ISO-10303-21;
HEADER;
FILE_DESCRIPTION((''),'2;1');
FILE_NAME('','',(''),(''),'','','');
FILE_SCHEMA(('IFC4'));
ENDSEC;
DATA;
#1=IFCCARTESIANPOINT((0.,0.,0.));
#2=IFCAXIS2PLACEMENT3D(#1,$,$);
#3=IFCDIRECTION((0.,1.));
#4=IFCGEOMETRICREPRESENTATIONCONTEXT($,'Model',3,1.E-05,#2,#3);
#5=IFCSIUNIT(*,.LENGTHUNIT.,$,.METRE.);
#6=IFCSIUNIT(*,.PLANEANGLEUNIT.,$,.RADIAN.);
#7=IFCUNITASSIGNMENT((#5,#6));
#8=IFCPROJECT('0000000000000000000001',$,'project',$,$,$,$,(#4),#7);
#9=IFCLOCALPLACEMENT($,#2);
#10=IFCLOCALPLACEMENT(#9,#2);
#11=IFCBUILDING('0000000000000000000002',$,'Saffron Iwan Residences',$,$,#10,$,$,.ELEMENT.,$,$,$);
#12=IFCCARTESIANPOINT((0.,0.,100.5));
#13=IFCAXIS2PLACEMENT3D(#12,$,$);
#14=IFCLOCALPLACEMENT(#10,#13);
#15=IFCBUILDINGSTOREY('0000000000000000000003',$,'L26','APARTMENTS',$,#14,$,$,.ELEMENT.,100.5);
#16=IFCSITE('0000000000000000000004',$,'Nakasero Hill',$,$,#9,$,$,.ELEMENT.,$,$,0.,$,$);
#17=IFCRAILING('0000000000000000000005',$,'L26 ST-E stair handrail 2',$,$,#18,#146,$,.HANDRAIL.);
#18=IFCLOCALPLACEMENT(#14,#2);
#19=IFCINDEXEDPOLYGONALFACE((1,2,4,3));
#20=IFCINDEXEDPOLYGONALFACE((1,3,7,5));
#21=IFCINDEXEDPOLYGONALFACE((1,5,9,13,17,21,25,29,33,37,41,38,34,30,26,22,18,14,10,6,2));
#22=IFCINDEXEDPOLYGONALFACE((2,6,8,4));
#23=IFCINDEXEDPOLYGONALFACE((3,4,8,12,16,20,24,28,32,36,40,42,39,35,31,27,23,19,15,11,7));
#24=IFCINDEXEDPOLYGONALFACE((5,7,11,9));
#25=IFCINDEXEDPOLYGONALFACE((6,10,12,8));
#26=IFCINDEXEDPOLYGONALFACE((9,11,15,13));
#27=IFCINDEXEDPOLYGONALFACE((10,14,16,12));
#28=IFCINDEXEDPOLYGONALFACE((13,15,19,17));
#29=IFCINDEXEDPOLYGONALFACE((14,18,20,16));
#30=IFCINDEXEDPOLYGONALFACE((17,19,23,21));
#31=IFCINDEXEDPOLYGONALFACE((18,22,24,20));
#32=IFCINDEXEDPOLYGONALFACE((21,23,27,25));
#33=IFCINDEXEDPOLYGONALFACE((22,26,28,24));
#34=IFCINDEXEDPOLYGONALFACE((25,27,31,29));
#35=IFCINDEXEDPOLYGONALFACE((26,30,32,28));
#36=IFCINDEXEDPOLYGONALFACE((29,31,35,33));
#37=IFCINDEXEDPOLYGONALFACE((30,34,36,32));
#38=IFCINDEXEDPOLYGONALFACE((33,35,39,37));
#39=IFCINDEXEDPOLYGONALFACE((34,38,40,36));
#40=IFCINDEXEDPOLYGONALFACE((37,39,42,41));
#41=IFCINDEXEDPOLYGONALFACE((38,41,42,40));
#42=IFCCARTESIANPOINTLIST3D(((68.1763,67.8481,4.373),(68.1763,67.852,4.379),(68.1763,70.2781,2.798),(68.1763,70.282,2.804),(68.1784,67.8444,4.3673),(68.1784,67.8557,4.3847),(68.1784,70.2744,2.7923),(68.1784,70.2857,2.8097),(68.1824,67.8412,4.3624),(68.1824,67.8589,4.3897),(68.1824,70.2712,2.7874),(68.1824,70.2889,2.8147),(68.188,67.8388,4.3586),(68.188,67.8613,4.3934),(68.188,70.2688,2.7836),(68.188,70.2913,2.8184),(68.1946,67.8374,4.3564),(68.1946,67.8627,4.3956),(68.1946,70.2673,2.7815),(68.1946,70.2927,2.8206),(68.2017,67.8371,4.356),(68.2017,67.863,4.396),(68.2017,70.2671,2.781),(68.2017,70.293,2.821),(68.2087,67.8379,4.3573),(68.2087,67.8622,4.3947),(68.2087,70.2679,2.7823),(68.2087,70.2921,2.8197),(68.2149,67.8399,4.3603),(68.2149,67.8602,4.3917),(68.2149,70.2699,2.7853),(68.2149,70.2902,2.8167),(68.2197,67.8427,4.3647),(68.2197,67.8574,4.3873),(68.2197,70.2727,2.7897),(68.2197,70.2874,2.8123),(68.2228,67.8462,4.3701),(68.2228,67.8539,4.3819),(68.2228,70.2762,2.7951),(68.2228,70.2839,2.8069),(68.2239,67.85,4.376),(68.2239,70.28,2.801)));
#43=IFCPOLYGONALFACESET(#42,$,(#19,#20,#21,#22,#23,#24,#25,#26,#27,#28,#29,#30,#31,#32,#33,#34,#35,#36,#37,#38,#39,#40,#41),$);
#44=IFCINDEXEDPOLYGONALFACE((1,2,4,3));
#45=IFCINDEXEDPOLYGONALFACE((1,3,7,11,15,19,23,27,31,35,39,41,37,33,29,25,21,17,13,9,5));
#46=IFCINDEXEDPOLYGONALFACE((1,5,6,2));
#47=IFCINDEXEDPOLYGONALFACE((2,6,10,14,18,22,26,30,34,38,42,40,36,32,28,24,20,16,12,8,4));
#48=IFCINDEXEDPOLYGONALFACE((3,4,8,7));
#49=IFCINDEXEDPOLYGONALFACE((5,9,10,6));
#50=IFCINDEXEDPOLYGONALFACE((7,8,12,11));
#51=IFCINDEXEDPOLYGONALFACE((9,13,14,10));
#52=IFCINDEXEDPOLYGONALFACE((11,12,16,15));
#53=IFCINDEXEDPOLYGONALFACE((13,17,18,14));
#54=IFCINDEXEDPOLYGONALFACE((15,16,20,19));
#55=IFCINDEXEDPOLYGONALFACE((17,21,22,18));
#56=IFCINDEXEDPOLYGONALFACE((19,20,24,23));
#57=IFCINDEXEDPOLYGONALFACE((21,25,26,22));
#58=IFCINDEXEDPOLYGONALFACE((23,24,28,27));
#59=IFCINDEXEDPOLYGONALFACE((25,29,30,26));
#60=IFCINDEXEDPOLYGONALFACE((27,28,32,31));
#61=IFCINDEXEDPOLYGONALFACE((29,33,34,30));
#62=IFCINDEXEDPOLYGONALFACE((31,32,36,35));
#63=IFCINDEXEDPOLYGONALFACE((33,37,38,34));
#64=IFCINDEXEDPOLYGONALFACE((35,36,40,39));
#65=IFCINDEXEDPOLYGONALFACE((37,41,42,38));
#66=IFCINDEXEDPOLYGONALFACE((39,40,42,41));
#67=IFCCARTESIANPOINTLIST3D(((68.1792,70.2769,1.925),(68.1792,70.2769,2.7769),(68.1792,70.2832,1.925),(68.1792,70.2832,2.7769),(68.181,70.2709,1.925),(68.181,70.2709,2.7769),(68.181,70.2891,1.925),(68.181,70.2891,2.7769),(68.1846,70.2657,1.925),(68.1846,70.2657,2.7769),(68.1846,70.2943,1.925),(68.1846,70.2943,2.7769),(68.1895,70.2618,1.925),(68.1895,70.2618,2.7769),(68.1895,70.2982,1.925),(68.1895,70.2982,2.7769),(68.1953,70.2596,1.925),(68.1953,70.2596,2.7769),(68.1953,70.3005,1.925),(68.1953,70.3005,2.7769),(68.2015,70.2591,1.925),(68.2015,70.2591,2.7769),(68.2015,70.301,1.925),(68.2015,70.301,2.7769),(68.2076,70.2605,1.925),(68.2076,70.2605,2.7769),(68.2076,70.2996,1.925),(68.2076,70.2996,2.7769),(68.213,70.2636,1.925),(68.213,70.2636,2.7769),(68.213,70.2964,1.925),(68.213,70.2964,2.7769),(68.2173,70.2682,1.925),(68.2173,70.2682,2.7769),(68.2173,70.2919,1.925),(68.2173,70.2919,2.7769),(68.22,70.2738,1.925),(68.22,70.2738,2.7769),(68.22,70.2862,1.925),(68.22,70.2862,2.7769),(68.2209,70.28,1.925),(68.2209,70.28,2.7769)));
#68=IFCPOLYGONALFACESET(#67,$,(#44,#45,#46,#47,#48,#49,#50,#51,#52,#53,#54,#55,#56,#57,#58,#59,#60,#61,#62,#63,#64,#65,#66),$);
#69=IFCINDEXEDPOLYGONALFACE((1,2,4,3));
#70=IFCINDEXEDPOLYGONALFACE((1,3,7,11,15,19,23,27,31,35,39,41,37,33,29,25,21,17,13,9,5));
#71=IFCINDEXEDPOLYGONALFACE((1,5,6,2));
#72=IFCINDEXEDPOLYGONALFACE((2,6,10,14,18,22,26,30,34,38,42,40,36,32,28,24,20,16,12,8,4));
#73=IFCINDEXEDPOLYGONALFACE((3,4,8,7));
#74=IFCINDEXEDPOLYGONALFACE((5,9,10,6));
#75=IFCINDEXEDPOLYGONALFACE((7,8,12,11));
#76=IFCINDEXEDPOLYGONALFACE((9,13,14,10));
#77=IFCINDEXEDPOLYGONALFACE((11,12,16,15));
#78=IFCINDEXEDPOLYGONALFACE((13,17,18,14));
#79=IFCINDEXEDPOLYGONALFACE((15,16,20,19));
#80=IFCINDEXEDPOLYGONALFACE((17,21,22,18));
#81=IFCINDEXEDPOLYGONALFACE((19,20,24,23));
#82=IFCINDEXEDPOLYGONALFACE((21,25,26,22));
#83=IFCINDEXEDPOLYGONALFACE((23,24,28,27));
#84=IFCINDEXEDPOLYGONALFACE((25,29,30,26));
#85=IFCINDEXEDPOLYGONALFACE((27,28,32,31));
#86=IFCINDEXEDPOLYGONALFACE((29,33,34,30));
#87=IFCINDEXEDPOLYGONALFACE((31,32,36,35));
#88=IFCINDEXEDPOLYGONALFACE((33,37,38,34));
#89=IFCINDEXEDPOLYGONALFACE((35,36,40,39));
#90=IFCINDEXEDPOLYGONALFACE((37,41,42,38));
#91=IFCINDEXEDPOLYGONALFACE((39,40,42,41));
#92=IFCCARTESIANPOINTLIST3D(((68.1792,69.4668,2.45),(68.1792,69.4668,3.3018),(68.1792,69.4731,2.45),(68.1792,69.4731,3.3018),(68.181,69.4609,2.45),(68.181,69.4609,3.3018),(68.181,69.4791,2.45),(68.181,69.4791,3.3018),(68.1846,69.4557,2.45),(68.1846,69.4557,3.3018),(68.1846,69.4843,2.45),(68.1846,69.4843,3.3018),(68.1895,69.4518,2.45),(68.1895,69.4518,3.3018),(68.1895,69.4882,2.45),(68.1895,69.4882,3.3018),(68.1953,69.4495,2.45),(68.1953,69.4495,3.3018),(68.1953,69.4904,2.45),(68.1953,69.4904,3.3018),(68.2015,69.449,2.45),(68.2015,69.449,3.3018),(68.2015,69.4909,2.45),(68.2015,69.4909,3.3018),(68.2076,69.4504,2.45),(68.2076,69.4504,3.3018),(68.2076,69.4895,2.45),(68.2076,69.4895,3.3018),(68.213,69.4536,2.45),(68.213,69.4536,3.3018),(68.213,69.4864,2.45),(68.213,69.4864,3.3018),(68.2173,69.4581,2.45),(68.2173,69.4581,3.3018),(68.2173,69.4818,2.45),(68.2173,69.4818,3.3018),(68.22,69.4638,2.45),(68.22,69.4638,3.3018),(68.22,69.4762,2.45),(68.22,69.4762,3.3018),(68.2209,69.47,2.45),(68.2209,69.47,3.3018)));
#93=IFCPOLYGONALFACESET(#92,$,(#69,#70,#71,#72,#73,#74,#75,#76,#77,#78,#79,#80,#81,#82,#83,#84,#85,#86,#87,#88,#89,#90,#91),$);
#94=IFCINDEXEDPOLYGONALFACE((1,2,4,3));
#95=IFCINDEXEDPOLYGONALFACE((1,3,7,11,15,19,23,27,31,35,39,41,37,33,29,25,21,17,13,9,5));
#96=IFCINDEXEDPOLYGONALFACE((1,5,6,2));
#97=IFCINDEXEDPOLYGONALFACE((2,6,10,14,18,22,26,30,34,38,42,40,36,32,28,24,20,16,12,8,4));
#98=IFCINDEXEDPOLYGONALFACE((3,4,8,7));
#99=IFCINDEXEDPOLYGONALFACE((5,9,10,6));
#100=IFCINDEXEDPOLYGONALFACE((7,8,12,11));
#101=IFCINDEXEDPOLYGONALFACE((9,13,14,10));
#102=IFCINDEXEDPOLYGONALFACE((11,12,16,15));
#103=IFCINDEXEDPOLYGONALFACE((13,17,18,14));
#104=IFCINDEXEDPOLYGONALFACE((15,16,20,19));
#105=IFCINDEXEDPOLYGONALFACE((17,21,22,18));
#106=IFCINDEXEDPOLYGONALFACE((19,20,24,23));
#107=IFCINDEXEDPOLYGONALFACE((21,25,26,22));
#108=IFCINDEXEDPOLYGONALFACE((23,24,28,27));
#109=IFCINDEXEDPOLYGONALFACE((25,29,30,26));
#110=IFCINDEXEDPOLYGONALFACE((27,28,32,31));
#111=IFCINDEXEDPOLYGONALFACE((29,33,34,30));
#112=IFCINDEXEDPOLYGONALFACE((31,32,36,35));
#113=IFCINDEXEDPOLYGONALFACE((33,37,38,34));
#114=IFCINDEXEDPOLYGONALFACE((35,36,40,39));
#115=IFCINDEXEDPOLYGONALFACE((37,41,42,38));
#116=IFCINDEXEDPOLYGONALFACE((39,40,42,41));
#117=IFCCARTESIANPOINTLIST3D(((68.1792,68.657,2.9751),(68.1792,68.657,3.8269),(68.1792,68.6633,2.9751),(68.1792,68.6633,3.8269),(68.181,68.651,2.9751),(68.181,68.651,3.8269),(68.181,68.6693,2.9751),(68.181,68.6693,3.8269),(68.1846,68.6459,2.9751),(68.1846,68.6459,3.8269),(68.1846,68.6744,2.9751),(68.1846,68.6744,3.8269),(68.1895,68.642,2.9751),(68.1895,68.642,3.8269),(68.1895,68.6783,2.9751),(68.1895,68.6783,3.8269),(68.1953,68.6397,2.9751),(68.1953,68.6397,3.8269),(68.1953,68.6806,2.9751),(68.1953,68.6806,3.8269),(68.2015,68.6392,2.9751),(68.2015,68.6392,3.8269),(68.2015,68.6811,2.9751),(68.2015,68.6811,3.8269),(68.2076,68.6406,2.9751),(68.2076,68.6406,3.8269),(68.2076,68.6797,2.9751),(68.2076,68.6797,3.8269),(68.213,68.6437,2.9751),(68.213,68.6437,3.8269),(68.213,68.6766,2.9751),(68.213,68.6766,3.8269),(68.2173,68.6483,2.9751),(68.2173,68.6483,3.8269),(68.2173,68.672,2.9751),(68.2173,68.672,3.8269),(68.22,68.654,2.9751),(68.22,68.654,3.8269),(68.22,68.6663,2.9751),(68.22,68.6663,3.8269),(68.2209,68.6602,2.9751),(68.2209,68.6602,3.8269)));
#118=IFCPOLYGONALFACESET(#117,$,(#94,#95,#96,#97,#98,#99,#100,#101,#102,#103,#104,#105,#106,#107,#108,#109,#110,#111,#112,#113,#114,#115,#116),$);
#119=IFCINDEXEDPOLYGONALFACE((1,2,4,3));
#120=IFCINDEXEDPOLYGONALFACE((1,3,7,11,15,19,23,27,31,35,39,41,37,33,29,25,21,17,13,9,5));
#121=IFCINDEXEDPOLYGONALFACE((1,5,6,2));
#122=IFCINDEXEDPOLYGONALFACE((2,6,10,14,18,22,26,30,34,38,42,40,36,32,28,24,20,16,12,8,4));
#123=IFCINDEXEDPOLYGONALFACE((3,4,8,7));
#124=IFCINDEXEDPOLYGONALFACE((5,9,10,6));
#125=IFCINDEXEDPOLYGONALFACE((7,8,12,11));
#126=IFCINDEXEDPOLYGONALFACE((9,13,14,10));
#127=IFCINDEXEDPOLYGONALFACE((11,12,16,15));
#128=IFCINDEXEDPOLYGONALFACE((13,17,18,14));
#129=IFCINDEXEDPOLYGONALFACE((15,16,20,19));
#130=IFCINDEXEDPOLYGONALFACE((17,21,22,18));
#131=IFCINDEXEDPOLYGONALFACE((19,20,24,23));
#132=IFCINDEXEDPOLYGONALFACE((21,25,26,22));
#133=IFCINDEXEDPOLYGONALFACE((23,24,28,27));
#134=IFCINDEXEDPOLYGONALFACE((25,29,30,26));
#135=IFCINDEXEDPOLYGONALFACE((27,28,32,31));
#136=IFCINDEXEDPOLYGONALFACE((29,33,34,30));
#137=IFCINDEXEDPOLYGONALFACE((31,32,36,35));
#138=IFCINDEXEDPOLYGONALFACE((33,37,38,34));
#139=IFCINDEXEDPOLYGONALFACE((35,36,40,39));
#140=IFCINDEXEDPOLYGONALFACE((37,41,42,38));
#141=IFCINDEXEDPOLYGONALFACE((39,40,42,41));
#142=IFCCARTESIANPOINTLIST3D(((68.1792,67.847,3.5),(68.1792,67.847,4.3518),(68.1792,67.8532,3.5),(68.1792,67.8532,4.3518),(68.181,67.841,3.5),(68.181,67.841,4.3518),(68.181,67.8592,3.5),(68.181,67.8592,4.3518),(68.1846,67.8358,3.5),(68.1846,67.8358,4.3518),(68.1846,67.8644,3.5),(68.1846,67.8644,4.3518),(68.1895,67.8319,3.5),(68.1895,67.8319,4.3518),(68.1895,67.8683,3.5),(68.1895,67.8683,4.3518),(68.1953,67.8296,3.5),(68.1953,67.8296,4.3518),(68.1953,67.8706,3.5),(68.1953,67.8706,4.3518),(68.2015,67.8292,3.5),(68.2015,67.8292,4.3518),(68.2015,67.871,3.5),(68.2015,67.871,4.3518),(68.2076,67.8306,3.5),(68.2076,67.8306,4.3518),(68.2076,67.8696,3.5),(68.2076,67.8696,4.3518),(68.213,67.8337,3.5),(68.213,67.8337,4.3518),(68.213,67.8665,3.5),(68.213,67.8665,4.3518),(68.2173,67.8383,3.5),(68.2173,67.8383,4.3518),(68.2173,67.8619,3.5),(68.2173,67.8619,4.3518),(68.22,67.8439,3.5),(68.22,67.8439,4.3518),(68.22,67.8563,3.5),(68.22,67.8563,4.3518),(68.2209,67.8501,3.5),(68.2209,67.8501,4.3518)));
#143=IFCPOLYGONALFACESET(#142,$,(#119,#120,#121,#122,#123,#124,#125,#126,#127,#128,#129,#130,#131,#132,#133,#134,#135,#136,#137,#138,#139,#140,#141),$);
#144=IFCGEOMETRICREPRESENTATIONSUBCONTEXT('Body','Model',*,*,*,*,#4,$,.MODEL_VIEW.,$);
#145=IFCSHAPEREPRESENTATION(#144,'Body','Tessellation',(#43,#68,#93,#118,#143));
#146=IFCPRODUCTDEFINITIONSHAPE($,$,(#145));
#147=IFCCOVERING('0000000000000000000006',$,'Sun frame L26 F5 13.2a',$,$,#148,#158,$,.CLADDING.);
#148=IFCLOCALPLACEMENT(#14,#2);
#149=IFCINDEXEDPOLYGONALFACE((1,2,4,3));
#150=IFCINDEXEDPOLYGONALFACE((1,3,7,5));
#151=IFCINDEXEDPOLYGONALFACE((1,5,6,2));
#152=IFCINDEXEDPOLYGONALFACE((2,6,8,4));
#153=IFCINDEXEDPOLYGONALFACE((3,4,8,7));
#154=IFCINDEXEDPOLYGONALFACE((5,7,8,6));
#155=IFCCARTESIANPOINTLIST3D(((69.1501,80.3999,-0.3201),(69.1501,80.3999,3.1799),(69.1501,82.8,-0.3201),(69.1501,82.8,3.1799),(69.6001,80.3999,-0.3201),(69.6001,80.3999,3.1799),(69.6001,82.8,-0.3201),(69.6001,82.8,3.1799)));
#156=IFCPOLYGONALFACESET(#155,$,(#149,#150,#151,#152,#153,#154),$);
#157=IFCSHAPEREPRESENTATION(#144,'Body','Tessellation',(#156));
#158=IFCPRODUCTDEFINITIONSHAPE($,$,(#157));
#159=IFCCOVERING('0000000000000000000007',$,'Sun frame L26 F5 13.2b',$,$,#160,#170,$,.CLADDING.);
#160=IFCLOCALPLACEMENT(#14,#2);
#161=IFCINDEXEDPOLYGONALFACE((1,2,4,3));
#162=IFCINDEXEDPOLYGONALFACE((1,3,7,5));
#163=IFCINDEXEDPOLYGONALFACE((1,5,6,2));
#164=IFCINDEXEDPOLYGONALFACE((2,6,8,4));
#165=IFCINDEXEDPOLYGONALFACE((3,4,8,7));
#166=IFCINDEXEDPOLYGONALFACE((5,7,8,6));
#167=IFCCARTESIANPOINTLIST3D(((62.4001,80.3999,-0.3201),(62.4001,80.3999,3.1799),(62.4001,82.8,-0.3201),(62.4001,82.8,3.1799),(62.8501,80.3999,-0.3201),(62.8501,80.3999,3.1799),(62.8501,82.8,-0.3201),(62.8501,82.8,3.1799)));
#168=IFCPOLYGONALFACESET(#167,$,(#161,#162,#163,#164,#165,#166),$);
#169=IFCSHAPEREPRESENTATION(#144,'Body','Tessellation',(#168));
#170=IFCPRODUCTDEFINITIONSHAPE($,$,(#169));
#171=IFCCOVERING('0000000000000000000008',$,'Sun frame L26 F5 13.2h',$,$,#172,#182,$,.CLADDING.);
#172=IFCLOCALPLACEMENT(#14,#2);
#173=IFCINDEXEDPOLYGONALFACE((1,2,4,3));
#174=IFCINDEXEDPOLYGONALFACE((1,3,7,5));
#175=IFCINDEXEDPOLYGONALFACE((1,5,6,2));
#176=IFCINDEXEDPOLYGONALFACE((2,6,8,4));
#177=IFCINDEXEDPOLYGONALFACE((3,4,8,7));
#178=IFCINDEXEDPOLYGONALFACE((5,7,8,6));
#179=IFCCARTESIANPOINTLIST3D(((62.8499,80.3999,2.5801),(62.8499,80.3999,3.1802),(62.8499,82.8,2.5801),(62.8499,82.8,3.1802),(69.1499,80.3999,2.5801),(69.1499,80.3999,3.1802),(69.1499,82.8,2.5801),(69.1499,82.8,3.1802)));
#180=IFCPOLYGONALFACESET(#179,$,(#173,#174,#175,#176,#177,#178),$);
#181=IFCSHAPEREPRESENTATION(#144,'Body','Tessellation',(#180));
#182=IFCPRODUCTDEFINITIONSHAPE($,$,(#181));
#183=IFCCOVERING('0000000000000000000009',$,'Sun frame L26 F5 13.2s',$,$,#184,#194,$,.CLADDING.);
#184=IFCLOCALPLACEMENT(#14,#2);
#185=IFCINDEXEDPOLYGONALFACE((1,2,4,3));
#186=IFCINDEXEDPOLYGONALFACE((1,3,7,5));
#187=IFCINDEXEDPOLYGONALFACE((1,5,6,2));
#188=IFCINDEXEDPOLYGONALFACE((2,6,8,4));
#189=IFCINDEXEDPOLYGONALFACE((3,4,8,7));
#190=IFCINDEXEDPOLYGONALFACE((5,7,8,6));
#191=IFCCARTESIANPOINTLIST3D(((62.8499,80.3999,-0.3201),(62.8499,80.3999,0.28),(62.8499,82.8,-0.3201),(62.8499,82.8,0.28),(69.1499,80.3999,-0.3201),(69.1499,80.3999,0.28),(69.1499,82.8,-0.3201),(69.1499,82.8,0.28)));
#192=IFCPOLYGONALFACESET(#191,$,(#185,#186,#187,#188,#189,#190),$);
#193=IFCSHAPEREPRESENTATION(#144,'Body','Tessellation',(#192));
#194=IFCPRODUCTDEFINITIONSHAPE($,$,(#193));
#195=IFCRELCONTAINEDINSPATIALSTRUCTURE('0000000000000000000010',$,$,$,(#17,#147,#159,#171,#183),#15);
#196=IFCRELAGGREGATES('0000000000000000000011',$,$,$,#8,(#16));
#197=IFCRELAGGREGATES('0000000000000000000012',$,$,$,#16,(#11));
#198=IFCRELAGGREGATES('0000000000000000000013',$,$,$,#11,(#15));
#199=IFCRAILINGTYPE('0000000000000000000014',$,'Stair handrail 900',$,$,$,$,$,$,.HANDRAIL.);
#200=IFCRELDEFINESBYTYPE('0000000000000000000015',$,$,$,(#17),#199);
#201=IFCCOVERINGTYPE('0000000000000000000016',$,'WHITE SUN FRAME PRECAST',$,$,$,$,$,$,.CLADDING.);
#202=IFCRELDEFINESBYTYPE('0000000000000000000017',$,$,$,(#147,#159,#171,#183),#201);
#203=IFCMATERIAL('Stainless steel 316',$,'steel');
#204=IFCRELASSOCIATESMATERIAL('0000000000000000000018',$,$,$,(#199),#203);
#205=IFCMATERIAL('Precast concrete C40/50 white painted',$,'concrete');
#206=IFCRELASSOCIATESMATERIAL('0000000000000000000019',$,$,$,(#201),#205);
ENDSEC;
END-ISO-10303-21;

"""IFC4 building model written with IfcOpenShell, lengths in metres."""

from ifc_helpers import new_model, si_unit, direction, frame, origin, origin_2d, place, context, subcontext, project, spatial, polyline, circle, outline, extrude, material, type_object, element, save


model = new_model("IFC4")

# Units and contexts
model_context = context("Model", 3, precision=1e-05, world=origin(), true_north=direction((0.0, 1.0)))
body_context = subcontext(model_context, "Body", "Model", "MODEL_VIEW")
ifc_project = project(units=[si_unit("LENGTHUNIT", "METRE"), si_unit("PLANEANGLEUNIT", "RADIAN")], contexts=[model_context])

# Site, building, storey
site_placement = place(None, origin())
site = spatial("IfcSite", under=ifc_project, at=site_placement, Name="Nakasero Hill", CompositionType="ELEMENT", RefElevation=0.0)
building_placement = place(site_placement, origin())
building = spatial("IfcBuilding", under=site, at=building_placement, Name="Saffron Iwan Residences", CompositionType="ELEMENT")
storey_placement = place(building_placement, frame((0.0, 0.0, 100.5)))
storey = spatial("IfcBuildingStorey", under=building, at=storey_placement, Name="L26", Description="APARTMENTS", CompositionType="ELEMENT", Elevation=100.5)

# Railing
ifc_material_1 = material(Name="Stainless steel 316", Category="steel")
railing_type_1 = type_object("IfcRailingType", Name="Stair handrail 900", PredefinedType="HANDRAIL", material=ifc_material_1)
railing_1_placement = place(storey_placement, frame((68.2, 70.28, 1.925)))
element("IfcRailing", 1, at=railing_1_placement, inside=storey, type_object=railing_type_1, Name="L26 ST-E stair handrail 2", PredefinedType="HANDRAIL", context=body_context, shape_type="SweptSolid", body=[
    extrude(circle(Radius=0.0239, at=origin_2d()), frame((0.0, 0.0, 0.876), z_axis=(0.0, -0.839154, 0.543894), x_axis=(1.0, 0.0, 0.0)), (0.0, 0.0, 1.0), 2.8958),
    extrude(circle(Radius=0.021, at=origin_2d()), origin(), (0.0, 0.0, 1.0), 0.8518),
    extrude(circle(Radius=0.021, at=origin_2d()), frame((0.0, -0.8101, 0.5249)), (0.0, 0.0, 1.0), 0.8518),
    extrude(circle(Radius=0.021, at=origin_2d()), frame((0.0, -1.6199, 1.05)), (0.0, 0.0, 1.0), 0.8518),
    extrude(circle(Radius=0.021, at=origin_2d()), frame((0.0, -2.4299, 1.575)), (0.0, 0.0, 1.0), 0.8518),
])

# Coverings
ifc_material_2 = material(Name="Precast concrete C40/50 white painted", Category="concrete")
covering_type_1 = type_object("IfcCoveringType", Name="WHITE SUN FRAME PRECAST", PredefinedType="CLADDING", material=ifc_material_2)
for number, where, z_axis, x_axis, name in (
    (2, (69.6001, 80.3999, -0.3201), (0.0, 1.0, 0.0), (-1.0, 0.0, 0.0), "Sun frame L26 F5 13.2a"),
    (3, (62.8501, 80.3999, -0.3201), (0.0, 1.0, 0.0), (-1.0, 0.0, 0.0), "Sun frame L26 F5 13.2b"),
):
    element("IfcCovering", number, at=place(storey_placement, frame(where, z_axis=z_axis, x_axis=x_axis)), inside=storey, type_object=covering_type_1, Name=name, PredefinedType="CLADDING", context=body_context, shape_type="SweptSolid", body=[
        extrude(outline(polyline([(0.0, 0.0), (0.45, 0.0), (0.45, 3.5), (0.0, 3.5), (0.0, 0.0)])), origin(), (0.0, 0.0, 1.0), 2.4001),
    ])
for number, where, z_axis, x_axis, name in (
    (4, (69.1499, 80.3999, 2.5801), (0.0, 1.0, 0.0), (-1.0, 0.0, 0.0), "Sun frame L26 F5 13.2h"),
    (5, (69.1499, 80.3999, -0.3201), (0.0, 1.0, 0.0), (-1.0, 0.0, 0.0), "Sun frame L26 F5 13.2s"),
):
    element("IfcCovering", number, at=place(storey_placement, frame(where, z_axis=z_axis, x_axis=x_axis)), inside=storey, type_object=covering_type_1, Name=name, PredefinedType="CLADDING", context=body_context, shape_type="SweptSolid", body=[
        extrude(outline(polyline([(0.0, 0.0), (6.3, 0.0), (6.3, 0.6001), (0.0, 0.6001), (0.0, 0.0)])), origin(), (0.0, 0.0, 1.0), 2.4001),
    ])

save(model, "model.ifc")
